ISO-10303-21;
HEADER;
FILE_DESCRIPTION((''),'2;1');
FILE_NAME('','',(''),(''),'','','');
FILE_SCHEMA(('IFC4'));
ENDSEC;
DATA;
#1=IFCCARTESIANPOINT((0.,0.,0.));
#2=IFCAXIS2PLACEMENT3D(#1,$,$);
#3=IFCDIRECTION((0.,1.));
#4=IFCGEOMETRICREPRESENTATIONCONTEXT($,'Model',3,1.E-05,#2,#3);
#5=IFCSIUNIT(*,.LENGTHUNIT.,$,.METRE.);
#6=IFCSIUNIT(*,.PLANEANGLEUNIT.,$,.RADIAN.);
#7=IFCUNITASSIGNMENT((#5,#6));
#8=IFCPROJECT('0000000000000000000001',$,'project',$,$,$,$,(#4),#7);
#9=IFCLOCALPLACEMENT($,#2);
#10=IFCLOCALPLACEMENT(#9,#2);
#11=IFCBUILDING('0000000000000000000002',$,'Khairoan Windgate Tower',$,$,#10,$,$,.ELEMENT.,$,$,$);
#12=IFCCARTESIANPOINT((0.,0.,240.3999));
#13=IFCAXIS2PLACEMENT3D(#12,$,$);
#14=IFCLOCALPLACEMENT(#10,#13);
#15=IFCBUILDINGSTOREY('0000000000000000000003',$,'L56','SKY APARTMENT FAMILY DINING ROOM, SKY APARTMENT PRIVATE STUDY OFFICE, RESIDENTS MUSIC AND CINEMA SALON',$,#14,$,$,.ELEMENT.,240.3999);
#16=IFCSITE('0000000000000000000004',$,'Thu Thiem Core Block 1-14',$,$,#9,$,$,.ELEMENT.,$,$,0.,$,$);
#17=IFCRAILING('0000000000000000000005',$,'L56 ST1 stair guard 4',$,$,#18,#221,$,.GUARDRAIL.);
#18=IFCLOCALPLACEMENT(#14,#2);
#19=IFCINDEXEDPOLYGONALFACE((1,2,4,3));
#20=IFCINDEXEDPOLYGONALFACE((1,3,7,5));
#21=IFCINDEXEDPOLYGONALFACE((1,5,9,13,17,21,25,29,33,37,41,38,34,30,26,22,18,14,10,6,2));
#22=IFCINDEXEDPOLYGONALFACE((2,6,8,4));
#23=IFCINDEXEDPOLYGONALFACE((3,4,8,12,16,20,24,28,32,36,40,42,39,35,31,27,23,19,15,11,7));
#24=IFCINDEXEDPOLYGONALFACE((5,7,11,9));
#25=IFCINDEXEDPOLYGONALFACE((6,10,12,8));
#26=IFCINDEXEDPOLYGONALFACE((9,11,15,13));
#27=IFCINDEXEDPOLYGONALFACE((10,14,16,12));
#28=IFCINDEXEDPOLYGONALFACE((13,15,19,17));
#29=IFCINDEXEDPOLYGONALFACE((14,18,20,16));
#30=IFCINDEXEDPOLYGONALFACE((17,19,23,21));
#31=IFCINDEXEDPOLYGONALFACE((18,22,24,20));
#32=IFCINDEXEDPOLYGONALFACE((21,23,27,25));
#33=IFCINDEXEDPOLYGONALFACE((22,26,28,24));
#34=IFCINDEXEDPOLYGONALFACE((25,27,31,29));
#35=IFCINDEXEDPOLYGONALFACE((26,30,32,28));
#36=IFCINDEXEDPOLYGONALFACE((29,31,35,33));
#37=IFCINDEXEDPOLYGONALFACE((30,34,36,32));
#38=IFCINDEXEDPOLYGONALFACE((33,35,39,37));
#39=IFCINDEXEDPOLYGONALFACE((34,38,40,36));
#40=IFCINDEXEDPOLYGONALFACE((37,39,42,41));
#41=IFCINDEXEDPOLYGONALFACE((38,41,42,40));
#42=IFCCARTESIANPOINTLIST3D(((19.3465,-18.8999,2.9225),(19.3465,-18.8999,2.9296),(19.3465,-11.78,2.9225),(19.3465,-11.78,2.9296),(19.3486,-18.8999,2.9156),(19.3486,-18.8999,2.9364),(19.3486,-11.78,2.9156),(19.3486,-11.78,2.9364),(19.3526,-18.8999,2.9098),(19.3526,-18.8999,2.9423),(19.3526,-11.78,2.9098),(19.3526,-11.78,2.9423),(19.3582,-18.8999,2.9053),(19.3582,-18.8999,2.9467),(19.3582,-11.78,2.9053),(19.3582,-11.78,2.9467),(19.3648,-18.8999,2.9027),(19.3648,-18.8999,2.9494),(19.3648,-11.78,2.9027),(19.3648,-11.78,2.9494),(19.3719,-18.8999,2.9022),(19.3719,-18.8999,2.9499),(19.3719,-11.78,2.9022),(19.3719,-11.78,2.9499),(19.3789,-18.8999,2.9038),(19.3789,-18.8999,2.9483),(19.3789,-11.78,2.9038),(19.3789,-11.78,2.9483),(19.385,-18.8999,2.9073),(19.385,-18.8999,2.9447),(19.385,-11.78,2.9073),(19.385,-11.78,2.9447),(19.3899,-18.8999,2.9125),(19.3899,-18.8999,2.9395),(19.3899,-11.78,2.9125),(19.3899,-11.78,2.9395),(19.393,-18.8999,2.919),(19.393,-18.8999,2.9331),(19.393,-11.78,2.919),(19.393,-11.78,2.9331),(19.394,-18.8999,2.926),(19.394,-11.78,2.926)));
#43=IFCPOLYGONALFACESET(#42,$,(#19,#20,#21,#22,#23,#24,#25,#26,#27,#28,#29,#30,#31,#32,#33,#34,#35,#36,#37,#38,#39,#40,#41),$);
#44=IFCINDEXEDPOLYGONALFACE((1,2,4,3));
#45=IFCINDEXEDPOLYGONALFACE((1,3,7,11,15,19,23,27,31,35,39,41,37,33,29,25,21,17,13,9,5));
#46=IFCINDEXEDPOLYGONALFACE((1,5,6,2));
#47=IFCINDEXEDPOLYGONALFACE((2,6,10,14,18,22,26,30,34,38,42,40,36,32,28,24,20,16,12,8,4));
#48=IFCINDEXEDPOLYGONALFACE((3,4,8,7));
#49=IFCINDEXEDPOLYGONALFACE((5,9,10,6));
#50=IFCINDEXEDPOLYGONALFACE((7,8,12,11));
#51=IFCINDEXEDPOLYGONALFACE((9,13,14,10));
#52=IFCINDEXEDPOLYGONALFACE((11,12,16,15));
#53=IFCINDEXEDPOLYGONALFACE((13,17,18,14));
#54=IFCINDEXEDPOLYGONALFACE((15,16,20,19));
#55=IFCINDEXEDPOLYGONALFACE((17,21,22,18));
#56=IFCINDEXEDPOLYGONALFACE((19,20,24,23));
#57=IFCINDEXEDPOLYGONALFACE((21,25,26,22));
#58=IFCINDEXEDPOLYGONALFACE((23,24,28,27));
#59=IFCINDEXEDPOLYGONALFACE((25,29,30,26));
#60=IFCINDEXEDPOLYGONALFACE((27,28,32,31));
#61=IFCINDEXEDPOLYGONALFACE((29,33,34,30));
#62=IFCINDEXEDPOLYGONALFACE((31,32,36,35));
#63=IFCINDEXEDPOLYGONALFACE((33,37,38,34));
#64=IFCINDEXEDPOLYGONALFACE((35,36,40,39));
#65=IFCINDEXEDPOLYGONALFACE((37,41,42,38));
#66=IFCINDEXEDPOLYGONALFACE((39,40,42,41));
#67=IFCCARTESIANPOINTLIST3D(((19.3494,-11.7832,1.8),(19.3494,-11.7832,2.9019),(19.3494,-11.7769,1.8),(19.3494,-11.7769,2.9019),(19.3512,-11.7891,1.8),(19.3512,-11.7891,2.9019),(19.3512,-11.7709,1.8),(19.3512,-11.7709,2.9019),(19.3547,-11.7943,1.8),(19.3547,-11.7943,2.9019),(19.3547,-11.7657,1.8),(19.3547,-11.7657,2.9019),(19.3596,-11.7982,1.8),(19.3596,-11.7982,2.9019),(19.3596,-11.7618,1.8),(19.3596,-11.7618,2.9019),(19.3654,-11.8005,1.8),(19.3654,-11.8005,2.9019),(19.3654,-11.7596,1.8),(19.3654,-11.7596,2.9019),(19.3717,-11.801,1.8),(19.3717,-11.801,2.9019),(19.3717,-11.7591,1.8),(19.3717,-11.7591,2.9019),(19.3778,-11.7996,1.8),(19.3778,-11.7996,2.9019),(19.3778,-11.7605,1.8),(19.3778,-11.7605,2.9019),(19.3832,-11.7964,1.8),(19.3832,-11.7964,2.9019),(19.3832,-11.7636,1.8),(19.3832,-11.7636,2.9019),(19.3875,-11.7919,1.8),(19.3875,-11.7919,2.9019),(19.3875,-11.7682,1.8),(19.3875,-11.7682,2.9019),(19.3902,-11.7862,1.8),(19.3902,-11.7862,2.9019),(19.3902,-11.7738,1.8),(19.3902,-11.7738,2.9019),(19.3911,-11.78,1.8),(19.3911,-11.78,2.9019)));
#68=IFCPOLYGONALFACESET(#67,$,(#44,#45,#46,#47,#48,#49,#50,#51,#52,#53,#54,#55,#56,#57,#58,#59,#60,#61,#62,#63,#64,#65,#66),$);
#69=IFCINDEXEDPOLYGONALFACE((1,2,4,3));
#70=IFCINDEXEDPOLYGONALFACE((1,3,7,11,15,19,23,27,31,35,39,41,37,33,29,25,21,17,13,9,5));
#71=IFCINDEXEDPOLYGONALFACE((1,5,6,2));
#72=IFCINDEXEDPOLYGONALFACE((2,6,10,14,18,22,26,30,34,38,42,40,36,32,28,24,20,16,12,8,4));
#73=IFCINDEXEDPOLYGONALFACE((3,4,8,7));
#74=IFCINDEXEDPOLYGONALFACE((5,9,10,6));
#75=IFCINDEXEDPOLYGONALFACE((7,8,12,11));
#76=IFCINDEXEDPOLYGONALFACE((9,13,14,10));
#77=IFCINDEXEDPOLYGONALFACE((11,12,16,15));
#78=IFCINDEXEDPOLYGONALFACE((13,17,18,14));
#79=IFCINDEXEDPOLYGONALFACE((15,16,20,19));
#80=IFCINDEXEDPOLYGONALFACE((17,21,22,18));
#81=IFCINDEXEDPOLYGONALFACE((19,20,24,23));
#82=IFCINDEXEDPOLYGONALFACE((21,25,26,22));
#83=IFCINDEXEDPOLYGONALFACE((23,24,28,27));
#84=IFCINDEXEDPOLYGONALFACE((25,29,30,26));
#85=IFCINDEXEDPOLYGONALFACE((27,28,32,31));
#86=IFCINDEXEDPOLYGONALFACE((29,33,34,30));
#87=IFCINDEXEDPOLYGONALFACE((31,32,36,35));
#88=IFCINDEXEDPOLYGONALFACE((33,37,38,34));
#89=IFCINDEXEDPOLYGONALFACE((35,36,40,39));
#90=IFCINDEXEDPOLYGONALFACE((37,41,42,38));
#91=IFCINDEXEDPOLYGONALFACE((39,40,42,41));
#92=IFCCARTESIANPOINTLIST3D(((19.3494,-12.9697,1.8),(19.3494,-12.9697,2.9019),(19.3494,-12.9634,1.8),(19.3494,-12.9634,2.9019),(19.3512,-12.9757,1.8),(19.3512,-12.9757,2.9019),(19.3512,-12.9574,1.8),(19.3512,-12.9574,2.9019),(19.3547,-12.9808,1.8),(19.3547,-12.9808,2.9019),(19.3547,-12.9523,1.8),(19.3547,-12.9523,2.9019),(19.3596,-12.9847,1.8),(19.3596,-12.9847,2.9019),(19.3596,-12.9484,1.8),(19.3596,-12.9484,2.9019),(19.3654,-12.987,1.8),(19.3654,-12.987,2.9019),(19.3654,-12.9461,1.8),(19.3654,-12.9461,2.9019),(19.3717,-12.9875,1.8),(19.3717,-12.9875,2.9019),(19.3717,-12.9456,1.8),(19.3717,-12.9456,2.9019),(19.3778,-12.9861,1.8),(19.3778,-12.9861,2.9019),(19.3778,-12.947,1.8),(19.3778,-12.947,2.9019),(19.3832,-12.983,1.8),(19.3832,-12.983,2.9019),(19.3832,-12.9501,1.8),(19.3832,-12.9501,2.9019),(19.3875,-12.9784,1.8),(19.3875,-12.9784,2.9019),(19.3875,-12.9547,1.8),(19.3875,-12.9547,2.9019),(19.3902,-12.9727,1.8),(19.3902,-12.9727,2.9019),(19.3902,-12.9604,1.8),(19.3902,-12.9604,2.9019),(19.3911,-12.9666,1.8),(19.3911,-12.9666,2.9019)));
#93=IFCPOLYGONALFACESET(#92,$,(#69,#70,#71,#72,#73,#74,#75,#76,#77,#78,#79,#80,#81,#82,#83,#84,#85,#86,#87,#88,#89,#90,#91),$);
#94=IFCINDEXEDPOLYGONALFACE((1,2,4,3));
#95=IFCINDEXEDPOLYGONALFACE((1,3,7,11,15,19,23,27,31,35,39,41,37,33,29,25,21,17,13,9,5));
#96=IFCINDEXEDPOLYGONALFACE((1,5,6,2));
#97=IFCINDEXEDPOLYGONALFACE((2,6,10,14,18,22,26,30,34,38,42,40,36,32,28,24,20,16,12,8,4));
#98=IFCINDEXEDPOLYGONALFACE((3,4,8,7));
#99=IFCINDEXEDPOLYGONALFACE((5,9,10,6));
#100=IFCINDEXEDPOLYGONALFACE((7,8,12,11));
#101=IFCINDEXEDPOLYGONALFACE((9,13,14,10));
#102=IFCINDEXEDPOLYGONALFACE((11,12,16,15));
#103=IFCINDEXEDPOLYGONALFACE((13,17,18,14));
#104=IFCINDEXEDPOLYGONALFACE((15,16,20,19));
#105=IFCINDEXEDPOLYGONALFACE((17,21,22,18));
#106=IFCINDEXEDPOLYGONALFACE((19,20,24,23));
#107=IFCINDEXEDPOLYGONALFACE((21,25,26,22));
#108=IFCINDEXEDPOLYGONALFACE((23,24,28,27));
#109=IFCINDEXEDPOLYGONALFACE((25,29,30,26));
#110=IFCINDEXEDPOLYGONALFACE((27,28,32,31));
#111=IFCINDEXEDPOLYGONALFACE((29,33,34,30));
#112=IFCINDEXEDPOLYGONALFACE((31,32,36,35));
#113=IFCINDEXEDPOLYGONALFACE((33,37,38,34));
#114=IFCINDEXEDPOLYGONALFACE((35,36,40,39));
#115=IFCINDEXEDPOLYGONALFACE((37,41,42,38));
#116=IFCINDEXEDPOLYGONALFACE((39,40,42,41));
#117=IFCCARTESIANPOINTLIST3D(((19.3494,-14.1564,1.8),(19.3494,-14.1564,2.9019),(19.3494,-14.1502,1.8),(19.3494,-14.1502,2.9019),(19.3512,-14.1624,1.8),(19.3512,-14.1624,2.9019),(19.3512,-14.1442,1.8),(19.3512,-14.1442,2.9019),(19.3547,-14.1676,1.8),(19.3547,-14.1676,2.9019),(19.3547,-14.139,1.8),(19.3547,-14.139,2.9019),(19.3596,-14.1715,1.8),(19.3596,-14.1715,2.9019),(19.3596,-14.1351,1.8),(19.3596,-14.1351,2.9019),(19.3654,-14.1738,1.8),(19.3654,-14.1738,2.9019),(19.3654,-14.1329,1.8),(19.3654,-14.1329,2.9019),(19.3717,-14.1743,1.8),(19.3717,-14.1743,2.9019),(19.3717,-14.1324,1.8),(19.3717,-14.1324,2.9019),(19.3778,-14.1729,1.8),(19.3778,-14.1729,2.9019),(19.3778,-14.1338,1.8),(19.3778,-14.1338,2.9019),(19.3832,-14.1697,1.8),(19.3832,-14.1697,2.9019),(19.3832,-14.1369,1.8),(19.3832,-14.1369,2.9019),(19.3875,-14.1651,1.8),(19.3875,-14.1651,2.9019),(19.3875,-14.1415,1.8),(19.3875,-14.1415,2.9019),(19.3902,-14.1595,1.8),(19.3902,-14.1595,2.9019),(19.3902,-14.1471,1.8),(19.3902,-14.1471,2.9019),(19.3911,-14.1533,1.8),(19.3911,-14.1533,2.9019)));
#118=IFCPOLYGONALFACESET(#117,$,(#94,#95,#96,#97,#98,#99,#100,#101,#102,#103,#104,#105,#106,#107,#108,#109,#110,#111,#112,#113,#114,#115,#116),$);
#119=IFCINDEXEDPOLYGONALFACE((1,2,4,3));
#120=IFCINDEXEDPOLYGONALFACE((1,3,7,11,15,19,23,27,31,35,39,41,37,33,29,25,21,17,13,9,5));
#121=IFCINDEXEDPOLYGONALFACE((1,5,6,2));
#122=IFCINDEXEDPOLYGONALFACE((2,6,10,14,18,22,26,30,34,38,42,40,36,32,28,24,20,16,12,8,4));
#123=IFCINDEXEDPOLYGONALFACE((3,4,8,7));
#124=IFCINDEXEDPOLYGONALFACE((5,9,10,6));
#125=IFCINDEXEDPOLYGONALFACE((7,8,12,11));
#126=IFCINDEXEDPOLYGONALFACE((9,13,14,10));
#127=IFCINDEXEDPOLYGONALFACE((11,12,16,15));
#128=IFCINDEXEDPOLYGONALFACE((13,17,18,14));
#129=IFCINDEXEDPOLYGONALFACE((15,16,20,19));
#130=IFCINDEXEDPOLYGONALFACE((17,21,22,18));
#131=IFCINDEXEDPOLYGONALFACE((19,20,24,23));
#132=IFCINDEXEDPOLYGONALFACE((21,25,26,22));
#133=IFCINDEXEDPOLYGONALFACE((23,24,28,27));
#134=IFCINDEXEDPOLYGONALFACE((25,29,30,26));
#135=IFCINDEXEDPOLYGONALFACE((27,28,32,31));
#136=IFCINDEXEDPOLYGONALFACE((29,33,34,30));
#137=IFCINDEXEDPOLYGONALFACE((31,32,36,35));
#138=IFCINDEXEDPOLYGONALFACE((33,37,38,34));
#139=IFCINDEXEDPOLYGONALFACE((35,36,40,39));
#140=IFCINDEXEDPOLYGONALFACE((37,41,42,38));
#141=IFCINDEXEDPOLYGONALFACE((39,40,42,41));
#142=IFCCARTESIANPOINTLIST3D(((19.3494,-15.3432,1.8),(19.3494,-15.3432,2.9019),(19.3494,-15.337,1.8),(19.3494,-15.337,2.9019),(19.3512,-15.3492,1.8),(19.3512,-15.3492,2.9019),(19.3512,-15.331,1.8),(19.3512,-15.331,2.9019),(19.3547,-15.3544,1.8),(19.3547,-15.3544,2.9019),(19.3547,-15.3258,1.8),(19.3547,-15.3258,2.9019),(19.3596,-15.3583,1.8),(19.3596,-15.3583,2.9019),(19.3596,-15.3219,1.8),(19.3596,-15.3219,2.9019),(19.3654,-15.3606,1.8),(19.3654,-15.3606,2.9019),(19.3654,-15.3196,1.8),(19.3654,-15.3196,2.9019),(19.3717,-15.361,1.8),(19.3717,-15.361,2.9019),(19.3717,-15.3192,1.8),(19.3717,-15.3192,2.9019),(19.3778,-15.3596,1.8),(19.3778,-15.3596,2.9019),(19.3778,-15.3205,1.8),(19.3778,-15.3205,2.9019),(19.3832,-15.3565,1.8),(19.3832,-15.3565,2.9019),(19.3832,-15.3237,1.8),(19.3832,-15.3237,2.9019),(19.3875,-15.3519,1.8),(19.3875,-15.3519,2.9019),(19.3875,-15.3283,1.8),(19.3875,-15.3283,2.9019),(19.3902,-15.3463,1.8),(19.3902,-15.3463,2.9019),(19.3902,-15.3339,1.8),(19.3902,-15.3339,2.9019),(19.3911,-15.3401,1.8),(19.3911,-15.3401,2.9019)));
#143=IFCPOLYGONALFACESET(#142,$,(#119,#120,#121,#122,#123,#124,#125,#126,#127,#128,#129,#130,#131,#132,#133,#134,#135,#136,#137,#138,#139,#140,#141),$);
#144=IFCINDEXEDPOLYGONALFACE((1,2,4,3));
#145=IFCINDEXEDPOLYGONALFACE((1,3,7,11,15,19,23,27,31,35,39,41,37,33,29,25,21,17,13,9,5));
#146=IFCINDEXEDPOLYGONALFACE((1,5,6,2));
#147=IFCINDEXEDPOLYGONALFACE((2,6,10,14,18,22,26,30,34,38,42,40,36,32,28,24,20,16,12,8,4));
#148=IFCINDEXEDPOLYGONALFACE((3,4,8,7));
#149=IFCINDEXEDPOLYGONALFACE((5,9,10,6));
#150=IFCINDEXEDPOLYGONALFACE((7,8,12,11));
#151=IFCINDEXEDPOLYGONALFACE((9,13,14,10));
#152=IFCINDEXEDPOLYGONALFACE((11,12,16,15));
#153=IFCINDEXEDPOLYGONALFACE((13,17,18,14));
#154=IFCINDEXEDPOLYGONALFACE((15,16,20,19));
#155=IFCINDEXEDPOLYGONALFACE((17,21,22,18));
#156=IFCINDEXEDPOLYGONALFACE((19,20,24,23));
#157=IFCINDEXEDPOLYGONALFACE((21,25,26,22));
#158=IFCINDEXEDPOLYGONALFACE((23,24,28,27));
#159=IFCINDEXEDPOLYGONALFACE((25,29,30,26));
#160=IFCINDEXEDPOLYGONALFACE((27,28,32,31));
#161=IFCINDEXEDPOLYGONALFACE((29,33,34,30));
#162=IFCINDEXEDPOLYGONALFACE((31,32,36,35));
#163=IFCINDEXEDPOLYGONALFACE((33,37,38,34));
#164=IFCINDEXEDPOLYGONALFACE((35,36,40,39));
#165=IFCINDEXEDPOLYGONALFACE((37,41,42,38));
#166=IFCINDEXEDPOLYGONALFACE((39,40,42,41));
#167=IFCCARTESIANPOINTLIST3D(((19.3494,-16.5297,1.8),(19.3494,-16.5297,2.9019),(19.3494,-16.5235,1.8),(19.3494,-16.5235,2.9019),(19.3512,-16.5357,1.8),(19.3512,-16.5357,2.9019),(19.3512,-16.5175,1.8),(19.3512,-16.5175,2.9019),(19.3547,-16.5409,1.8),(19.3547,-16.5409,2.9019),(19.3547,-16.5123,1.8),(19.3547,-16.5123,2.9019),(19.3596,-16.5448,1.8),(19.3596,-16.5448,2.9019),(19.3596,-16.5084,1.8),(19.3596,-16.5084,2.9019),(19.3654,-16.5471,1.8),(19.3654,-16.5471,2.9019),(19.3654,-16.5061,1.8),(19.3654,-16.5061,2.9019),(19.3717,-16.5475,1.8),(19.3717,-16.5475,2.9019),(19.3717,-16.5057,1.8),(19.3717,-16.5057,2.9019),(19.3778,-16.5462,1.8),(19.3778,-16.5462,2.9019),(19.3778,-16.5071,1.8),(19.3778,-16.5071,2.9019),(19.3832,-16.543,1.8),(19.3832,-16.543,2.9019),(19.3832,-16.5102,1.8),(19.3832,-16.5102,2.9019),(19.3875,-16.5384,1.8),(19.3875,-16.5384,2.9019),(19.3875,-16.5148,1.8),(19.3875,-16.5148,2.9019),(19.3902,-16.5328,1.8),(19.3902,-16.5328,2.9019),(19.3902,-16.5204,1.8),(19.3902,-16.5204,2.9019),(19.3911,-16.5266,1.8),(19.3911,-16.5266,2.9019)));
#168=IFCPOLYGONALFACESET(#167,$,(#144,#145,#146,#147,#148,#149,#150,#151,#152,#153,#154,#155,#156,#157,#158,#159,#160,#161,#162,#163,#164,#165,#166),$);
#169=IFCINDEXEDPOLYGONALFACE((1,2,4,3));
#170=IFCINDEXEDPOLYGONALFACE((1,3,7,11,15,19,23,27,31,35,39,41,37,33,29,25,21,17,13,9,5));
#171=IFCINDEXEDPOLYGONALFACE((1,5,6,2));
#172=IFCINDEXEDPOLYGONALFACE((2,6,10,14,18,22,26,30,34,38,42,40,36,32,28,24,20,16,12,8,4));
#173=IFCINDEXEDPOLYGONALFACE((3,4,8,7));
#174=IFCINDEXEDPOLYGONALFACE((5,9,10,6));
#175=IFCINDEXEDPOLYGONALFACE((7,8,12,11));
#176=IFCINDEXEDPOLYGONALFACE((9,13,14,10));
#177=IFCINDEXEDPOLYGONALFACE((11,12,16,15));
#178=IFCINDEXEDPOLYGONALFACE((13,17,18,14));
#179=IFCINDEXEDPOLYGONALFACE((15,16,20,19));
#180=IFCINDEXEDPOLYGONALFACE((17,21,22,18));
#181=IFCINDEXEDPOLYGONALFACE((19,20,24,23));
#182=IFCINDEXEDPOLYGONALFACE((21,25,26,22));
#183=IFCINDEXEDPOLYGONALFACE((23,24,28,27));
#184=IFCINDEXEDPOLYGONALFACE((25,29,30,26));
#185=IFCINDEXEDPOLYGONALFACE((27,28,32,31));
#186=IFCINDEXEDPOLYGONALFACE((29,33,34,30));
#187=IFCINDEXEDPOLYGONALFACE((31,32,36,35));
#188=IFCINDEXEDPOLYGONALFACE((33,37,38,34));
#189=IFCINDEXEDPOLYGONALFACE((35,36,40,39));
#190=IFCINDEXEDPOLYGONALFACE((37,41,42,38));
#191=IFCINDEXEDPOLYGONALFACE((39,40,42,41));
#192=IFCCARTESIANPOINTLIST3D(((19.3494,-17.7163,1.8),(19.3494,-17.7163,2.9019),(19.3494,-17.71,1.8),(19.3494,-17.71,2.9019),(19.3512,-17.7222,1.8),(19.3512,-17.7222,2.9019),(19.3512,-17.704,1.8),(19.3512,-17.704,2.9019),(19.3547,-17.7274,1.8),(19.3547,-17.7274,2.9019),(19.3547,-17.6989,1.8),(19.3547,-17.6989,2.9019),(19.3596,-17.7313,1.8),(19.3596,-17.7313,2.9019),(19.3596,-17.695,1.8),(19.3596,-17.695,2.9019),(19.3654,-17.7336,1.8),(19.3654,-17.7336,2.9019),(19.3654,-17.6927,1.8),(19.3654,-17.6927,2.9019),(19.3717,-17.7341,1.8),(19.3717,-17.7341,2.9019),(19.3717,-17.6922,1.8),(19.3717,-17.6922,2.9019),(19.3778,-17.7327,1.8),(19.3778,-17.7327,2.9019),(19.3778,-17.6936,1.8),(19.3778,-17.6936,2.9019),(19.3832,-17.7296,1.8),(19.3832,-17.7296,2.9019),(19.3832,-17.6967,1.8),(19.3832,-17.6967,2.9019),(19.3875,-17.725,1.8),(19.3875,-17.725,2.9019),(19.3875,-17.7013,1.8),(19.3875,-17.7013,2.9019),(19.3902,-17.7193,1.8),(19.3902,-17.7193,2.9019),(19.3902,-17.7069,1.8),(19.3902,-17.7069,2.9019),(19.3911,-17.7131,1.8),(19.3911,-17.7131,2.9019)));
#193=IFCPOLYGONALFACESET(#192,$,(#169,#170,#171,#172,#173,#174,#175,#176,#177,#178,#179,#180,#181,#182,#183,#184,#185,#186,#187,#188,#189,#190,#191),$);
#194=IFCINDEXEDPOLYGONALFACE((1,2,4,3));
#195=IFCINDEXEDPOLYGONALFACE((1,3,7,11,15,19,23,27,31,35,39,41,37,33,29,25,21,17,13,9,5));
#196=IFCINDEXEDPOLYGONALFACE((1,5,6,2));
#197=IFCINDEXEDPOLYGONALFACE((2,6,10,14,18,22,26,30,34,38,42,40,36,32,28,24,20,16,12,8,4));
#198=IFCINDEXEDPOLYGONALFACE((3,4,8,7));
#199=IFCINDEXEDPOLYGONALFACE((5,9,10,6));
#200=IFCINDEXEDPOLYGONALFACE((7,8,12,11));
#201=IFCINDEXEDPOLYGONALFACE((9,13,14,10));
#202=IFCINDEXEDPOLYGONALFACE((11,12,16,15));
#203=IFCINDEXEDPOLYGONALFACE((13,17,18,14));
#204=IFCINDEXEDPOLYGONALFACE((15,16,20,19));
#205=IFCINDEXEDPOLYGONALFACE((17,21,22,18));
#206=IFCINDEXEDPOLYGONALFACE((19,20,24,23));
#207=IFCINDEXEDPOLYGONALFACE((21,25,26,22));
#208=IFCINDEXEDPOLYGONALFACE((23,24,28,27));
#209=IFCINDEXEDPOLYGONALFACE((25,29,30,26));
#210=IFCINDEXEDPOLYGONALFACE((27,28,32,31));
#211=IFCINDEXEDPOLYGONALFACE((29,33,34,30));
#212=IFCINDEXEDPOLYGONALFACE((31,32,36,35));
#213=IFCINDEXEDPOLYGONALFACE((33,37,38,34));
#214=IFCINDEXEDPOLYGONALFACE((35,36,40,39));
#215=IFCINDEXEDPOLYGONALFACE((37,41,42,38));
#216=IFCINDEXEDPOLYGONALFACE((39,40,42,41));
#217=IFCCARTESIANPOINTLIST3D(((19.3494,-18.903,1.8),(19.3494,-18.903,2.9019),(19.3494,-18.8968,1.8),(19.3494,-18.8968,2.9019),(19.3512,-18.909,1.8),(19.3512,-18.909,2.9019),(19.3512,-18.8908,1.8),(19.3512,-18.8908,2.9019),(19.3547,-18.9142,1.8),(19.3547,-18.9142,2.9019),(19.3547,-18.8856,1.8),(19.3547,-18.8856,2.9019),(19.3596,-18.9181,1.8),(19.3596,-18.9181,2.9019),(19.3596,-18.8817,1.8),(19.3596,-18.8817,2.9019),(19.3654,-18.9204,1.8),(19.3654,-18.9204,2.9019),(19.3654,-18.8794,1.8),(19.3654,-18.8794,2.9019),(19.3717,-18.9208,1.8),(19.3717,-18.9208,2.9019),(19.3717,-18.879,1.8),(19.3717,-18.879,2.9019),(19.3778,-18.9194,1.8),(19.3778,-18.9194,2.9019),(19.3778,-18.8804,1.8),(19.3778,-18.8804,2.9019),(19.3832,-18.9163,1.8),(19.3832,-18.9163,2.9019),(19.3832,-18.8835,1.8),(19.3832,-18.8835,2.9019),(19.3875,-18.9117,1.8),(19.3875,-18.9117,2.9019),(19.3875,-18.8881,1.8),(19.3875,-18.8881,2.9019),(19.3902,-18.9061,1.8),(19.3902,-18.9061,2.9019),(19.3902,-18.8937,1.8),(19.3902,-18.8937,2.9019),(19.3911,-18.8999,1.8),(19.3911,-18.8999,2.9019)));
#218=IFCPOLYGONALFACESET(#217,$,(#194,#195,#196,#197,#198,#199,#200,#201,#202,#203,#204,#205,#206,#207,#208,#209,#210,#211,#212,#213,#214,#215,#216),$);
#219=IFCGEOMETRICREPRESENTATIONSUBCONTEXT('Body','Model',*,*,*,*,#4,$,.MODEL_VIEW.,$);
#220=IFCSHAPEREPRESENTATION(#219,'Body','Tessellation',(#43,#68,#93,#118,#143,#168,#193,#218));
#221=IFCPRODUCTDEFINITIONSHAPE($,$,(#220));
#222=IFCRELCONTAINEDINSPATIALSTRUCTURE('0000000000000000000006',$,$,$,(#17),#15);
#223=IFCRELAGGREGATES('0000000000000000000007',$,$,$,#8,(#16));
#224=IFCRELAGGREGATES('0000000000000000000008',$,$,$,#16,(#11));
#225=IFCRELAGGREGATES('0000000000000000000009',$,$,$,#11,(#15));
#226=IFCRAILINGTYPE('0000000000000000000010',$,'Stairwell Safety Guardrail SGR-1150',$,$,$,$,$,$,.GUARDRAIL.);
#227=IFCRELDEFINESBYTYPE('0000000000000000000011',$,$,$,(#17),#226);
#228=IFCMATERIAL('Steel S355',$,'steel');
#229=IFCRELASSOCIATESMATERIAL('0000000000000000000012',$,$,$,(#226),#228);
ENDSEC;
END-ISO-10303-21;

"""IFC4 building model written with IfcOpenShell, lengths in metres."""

from ifc_helpers import new_model, si_unit, direction, frame, origin, origin_2d, place, context, subcontext, project, spatial, circle, extrude, material, type_object, element, save


model = new_model("IFC4")

# Units and contexts
model_context = context("Model", 3, precision=1e-05, world=origin(), true_north=direction((0.0, 1.0)))
body_context = subcontext(model_context, "Body", "Model", "MODEL_VIEW")
ifc_project = project(units=[si_unit("LENGTHUNIT", "METRE"), si_unit("PLANEANGLEUNIT", "RADIAN")], contexts=[model_context])

# Site, building, storey
site_placement = place(None, origin())
site = spatial("IfcSite", under=ifc_project, at=site_placement, Name="Thu Thiem Core Block 1-14", CompositionType="ELEMENT", RefElevation=0.0)
building_placement = place(site_placement, origin())
building = spatial("IfcBuilding", under=site, at=building_placement, Name="Khairoan Windgate Tower", CompositionType="ELEMENT")
storey_placement = place(building_placement, frame((0.0, 0.0, 240.3999)))
storey = spatial("IfcBuildingStorey", under=building, at=storey_placement, Name="L56", Description="SKY APARTMENT FAMILY DINING ROOM, SKY APARTMENT PRIVATE STUDY OFFICE, RESIDENTS MUSIC AND CINEMA SALON", CompositionType="ELEMENT", Elevation=240.3999)

# Railing
ifc_material_1 = material(Name="Steel S355", Category="steel")
railing_type_1 = type_object("IfcRailingType", Name="Stairwell Safety Guardrail SGR-1150", PredefinedType="GUARDRAIL", material=ifc_material_1)
railing_1_placement = place(storey_placement, frame((19.3701, -11.78, 1.8)))
element("IfcRailing", 1, at=railing_1_placement, inside=storey, type_object=railing_type_1, Name="L56 ST1 stair guard 4", PredefinedType="GUARDRAIL", context=body_context, shape_type="SweptSolid", body=[
    extrude(circle(Radius=0.0239, at=origin_2d()), frame((0.0, 0.0, 1.126), z_axis=(0.0, -1.0, 0.0), x_axis=(1.0, 0.0, 0.0)), (0.0, 0.0, 1.0), 7.1199),
    extrude(circle(Radius=0.021, at=origin_2d()), origin(), (0.0, 0.0, 1.0), 1.1018),
    extrude(circle(Radius=0.021, at=origin_2d()), frame((0.0, -1.1865, 0.0)), (0.0, 0.0, 1.0), 1.1018),
    extrude(circle(Radius=0.021, at=origin_2d()), frame((0.0, -2.3733, 0.0)), (0.0, 0.0, 1.0), 1.1018),
    extrude(circle(Radius=0.021, at=origin_2d()), frame((0.0, -3.5601, 0.0)), (0.0, 0.0, 1.0), 1.1018),
    extrude(circle(Radius=0.021, at=origin_2d()), frame((0.0, -4.7466, 0.0)), (0.0, 0.0, 1.0), 1.1018),
    extrude(circle(Radius=0.021, at=origin_2d()), frame((0.0, -5.9331, 0.0)), (0.0, 0.0, 1.0), 1.1018),
    extrude(circle(Radius=0.021, at=origin_2d()), frame((0.0, -7.1199, 0.0)), (0.0, 0.0, 1.0), 1.1018),
])

save(model, "model.ifc")
